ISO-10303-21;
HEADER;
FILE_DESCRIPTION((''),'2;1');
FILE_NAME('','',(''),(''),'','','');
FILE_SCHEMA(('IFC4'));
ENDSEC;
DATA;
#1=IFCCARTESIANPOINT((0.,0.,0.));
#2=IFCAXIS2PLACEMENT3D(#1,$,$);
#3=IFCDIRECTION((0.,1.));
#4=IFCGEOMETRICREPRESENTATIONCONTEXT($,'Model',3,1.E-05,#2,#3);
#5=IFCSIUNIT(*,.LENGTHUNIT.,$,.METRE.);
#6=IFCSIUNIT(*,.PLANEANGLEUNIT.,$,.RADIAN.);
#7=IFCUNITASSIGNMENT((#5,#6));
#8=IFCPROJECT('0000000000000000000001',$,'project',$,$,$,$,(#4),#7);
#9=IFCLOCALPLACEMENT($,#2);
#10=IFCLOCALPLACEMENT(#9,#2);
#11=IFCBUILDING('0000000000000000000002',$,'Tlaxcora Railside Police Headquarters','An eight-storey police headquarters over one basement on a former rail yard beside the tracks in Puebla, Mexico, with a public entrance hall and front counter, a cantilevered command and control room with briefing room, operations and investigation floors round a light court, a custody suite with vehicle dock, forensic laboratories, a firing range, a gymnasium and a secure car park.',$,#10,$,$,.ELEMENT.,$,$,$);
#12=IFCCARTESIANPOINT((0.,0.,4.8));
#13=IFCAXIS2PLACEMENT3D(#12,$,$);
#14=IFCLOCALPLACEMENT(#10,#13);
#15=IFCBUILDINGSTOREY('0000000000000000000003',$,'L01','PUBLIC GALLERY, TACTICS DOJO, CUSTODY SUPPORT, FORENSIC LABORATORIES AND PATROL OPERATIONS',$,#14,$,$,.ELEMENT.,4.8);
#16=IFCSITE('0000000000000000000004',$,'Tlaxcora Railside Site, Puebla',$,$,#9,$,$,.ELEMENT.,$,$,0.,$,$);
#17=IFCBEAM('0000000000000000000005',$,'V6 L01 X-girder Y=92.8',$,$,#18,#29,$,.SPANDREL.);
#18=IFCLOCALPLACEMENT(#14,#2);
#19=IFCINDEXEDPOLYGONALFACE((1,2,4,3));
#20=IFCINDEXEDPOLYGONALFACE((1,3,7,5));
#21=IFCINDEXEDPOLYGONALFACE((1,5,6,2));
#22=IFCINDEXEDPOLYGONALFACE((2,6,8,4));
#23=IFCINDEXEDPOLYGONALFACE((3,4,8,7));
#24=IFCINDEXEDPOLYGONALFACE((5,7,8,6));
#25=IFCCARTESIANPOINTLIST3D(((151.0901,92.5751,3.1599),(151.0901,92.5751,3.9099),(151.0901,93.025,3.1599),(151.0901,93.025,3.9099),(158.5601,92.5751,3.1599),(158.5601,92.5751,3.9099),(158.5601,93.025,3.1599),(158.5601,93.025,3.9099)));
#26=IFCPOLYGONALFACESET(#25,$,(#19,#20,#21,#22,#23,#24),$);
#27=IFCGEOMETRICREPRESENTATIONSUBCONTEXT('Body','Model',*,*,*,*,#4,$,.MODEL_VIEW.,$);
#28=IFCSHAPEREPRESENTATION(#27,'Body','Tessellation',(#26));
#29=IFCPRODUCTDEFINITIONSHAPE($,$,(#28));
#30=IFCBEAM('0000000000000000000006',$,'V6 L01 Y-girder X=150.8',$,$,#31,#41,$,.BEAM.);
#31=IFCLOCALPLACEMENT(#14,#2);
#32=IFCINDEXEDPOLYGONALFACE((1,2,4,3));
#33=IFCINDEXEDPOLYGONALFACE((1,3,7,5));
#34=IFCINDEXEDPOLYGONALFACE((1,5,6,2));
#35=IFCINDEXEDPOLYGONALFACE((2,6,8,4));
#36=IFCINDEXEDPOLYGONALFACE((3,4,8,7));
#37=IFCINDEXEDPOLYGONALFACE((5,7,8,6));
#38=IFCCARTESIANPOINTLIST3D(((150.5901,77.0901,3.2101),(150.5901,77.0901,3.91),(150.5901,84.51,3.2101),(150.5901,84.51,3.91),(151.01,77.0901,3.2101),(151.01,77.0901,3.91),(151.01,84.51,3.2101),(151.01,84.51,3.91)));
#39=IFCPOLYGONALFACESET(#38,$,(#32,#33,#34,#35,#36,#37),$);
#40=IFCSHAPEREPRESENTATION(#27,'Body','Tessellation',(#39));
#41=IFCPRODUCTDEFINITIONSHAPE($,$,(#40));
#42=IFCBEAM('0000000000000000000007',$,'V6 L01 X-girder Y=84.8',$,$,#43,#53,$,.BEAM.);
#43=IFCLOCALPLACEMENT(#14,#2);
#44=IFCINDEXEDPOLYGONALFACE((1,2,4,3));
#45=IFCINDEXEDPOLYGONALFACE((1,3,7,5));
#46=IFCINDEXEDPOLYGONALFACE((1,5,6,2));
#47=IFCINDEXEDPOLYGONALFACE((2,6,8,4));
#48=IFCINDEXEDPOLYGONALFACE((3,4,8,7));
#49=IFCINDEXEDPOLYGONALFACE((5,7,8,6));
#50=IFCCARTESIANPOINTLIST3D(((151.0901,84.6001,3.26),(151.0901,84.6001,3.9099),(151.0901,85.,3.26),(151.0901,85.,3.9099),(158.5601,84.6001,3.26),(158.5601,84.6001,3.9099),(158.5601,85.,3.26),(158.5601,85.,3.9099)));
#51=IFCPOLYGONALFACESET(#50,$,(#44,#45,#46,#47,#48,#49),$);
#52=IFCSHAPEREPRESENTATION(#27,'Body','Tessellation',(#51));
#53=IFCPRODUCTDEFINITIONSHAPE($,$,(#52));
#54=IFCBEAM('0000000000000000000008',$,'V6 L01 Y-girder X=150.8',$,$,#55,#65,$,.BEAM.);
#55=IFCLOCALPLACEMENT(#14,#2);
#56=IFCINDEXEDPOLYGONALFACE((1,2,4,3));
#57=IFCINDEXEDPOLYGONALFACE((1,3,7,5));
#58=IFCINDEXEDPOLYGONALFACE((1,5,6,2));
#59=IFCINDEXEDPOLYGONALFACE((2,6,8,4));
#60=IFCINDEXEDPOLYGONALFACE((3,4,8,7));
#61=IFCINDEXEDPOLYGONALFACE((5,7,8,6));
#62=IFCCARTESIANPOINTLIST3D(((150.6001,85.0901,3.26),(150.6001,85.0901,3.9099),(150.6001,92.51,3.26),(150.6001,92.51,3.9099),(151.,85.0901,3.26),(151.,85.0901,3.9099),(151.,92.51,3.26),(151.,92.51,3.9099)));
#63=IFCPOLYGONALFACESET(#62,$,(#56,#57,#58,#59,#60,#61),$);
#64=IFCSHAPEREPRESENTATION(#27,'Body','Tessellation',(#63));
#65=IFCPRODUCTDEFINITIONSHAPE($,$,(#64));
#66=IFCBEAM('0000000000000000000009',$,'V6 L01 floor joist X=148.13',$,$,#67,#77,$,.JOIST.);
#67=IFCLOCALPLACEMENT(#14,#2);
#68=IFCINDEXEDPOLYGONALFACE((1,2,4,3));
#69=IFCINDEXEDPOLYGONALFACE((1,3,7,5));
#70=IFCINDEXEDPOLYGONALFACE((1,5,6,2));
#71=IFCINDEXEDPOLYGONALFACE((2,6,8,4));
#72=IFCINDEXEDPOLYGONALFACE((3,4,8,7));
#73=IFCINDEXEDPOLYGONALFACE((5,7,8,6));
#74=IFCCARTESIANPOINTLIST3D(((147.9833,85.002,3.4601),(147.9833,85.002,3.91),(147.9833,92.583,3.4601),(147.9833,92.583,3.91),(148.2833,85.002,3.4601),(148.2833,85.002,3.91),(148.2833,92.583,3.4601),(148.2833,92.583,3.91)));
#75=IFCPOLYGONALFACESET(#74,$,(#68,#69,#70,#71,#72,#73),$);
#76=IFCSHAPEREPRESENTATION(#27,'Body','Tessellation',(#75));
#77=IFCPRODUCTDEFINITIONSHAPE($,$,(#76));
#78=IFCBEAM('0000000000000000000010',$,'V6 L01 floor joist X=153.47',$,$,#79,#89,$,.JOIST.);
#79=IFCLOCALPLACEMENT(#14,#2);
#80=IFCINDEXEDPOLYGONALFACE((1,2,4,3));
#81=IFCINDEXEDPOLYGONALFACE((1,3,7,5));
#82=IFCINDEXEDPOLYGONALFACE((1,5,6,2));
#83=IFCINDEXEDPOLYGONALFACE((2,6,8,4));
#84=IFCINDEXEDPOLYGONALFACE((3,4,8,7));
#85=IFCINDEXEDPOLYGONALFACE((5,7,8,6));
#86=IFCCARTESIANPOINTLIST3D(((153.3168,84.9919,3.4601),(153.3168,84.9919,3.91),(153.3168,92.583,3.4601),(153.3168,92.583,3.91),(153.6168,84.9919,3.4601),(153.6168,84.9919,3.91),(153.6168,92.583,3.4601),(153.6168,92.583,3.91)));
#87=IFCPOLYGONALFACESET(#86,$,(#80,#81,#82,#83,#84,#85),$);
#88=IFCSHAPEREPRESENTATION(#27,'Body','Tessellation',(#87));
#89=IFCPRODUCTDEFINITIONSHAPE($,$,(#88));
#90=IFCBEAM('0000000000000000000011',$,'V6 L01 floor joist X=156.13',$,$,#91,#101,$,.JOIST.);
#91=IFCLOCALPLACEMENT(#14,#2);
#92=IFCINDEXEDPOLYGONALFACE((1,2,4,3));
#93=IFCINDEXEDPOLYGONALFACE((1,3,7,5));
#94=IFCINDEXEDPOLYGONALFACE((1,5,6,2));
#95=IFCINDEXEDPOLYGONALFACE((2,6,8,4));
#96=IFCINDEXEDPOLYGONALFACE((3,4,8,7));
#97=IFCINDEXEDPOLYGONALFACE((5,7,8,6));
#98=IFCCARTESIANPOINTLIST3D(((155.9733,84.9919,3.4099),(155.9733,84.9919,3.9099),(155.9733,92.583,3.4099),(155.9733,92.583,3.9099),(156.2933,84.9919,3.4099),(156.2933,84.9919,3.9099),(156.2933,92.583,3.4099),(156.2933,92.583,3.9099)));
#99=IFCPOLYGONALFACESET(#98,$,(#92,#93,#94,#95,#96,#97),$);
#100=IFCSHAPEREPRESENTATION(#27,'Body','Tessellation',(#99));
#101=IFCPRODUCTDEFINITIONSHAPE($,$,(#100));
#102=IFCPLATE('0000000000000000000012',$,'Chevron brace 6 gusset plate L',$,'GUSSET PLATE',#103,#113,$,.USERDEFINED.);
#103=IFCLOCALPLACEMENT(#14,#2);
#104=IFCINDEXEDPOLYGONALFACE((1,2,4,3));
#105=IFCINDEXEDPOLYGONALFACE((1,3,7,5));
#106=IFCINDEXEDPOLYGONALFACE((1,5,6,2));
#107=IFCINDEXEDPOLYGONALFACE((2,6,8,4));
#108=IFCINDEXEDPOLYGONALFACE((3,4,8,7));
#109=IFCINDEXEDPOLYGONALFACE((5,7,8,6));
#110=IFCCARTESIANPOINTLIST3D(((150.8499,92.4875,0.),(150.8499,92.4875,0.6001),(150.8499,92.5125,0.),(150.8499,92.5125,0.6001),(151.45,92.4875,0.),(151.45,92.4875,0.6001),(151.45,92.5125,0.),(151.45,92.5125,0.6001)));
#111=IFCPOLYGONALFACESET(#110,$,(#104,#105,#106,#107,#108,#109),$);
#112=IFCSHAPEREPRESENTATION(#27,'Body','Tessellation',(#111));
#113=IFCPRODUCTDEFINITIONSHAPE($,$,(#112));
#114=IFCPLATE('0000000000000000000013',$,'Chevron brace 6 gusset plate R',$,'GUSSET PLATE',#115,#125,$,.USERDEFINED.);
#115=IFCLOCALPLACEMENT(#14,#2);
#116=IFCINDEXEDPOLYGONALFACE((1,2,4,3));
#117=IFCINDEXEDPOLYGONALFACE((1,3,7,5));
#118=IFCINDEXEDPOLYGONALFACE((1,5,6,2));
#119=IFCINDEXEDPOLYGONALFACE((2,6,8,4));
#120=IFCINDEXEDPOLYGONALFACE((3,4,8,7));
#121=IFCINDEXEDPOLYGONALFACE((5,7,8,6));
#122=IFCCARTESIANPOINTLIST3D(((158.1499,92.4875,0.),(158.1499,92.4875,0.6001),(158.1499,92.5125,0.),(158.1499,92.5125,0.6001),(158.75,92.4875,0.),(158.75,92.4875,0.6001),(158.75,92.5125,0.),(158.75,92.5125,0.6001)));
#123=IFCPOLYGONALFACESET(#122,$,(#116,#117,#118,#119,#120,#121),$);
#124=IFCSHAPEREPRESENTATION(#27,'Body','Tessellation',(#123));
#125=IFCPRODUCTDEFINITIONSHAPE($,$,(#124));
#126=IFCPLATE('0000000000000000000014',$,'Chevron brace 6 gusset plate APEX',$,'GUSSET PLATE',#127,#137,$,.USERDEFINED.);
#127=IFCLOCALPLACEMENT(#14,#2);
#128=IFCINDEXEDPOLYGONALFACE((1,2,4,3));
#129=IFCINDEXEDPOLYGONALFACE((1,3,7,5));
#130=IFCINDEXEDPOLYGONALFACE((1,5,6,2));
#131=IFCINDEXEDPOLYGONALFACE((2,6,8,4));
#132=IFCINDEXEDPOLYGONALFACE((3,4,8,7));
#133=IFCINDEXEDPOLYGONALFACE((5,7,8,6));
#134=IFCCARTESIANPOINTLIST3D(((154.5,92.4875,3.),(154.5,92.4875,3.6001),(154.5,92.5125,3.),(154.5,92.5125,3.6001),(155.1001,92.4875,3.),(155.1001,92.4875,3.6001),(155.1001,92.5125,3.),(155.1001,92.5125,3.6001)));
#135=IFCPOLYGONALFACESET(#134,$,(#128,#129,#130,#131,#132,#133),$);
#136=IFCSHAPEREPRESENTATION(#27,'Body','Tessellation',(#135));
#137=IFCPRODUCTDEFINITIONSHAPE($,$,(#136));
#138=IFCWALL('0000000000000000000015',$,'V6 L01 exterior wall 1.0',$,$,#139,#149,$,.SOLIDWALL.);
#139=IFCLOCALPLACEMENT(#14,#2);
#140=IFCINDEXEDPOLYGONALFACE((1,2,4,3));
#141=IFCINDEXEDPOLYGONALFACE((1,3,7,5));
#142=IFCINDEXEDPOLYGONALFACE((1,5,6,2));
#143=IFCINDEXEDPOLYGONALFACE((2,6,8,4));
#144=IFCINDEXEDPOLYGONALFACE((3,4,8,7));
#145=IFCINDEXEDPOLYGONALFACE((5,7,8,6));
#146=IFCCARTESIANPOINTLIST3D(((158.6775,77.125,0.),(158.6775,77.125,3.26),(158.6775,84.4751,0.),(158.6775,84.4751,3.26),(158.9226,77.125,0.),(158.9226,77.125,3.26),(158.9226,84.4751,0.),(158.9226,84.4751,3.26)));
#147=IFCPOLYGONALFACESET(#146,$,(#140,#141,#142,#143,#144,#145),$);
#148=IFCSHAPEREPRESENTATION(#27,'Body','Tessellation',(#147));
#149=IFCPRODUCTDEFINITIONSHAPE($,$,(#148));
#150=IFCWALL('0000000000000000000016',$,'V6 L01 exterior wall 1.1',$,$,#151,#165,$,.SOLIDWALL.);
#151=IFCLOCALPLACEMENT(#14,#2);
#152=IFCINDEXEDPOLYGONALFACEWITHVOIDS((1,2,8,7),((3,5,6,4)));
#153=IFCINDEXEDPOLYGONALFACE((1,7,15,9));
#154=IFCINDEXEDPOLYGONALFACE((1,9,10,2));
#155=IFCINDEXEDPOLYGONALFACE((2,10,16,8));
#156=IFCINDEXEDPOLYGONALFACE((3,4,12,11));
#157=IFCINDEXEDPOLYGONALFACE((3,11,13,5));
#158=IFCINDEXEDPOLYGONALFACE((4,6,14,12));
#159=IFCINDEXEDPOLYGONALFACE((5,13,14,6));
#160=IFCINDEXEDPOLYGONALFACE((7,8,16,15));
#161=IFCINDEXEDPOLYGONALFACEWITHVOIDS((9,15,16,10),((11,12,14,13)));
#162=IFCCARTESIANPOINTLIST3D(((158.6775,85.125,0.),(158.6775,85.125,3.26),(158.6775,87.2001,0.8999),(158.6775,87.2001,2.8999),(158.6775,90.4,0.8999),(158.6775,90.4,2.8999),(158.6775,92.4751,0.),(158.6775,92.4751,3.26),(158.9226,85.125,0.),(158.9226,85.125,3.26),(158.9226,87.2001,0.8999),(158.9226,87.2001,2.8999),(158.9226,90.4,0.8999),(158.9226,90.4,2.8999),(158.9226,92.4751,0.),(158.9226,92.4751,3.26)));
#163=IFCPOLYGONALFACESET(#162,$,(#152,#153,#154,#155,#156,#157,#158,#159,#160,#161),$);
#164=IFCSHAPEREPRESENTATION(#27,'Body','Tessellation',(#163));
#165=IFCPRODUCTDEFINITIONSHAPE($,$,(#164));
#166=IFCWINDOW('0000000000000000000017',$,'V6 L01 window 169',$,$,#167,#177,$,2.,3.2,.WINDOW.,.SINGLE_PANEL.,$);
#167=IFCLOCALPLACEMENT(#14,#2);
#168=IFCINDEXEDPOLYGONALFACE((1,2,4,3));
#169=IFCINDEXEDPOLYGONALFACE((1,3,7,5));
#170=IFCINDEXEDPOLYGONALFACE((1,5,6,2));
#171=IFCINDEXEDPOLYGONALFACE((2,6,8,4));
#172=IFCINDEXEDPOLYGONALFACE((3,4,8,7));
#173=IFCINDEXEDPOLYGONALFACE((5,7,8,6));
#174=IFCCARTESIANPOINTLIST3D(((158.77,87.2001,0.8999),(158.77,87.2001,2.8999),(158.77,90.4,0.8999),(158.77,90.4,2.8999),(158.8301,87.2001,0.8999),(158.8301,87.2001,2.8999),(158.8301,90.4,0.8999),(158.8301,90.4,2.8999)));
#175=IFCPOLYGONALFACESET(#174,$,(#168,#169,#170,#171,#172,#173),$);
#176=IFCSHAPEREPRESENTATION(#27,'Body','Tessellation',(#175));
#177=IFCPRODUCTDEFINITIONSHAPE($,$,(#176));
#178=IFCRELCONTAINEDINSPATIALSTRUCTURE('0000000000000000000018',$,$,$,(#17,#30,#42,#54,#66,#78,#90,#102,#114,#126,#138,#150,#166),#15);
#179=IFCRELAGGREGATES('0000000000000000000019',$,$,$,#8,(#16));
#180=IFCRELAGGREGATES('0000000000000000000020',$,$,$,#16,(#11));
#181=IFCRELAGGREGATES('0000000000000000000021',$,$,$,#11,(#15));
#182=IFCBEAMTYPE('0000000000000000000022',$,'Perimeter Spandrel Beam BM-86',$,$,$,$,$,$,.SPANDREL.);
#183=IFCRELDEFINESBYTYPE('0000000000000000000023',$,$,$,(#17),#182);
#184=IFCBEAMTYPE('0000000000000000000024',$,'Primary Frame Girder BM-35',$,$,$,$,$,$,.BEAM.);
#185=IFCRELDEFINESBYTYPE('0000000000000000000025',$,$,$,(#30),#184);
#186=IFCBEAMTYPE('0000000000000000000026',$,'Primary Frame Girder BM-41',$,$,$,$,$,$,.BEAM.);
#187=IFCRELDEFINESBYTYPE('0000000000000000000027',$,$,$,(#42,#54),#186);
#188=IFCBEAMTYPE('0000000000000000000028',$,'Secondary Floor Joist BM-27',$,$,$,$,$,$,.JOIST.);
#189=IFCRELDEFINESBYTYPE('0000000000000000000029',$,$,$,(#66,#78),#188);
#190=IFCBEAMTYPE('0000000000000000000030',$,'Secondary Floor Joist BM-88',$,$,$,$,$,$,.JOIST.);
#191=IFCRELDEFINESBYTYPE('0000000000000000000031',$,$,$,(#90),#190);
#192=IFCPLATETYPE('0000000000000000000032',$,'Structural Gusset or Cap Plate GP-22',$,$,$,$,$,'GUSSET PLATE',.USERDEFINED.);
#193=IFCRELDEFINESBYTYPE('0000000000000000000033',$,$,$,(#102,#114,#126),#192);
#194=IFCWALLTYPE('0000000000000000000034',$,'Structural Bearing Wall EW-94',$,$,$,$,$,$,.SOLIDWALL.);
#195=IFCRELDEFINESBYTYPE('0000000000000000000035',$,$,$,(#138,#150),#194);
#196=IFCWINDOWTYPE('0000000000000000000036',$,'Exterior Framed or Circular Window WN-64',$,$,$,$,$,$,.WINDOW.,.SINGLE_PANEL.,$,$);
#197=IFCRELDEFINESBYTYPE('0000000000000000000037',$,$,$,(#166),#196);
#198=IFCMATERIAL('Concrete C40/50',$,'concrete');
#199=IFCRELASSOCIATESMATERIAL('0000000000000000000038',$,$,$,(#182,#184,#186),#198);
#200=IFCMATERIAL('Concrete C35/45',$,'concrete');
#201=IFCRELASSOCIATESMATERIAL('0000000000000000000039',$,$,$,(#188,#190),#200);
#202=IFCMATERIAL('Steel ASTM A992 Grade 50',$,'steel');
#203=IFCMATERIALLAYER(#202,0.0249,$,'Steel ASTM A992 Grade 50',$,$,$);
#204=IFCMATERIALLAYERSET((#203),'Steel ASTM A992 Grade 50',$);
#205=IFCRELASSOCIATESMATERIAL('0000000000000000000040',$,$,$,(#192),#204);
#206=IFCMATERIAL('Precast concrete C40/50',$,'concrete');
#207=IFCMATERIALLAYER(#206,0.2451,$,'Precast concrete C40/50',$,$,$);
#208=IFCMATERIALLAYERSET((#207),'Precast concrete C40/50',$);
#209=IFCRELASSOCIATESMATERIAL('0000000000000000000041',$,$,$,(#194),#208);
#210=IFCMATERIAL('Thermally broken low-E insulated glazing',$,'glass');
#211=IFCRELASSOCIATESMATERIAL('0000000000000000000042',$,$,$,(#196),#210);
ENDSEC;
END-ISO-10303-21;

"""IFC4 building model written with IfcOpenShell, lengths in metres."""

from ifc_helpers import new_model, si_unit, direction, frame, frame_2d, origin, origin_2d, place, context, subcontext, project, spatial, rectangle, extrude, material, layer, layer_set, material_profile, profile_set, type_object, element, fill, save


model = new_model("IFC4")

# Units and contexts
model_context = context("Model", 3, precision=1e-05, world=origin(), true_north=direction((0.0, 1.0)))
body_context = subcontext(model_context, "Body", "Model", "MODEL_VIEW")
ifc_project = project(units=[si_unit("LENGTHUNIT", "METRE"), si_unit("PLANEANGLEUNIT", "RADIAN")], contexts=[model_context])

# Site, building, storey
site_placement = place(None, origin())
site = spatial("IfcSite", under=ifc_project, at=site_placement, Name="Tlaxcora Railside Site, Puebla", CompositionType="ELEMENT", RefElevation=0.0)
building_placement = place(site_placement, origin())
building = spatial("IfcBuilding", under=site, at=building_placement, Name="Tlaxcora Railside Police Headquarters", Description="An eight-storey police headquarters over one basement on a former rail yard beside the tracks in Puebla, Mexico, with a public entrance hall and front counter, a cantilevered command and control room with briefing room, operations and investigation floors round a light court, a custody suite with vehicle dock, forensic laboratories, a firing range, a gymnasium and a secure car park.", CompositionType="ELEMENT")
storey_placement = place(building_placement, frame((0.0, 0.0, 4.8)))
storey = spatial("IfcBuildingStorey", under=building, at=storey_placement, Name="L01", Description="PUBLIC GALLERY, TACTICS DOJO, CUSTODY SUPPORT, FORENSIC LABORATORIES AND PATROL OPERATIONS", CompositionType="ELEMENT", Elevation=4.8)

# Shared definitions
ifc_material_1 = material(Name="Concrete C40/50", Category="concrete")

# Shared definitions
ifc_material_2 = material(Name="Steel ASTM A992 Grade 50", Category="steel")

# Beams
ifc_material_profile_1 = material_profile(ifc_material_1, rectangle(XDim=0.45, YDim=0.75, at=origin_2d()), Name="RC450X750")
ifc_profile_set_1 = profile_set([ifc_material_profile_1], Name="Concrete C40/50")
beam_type_1 = type_object("IfcBeamType", Name="Perimeter Spandrel Beam BM-86", PredefinedType="SPANDREL", material=ifc_profile_set_1)
beam_1_placement = place(storey_placement, frame((151.0901, 92.8, 3.5349), z_axis=(1.0, 0.0, 0.0), x_axis=(0.0, 1.0, 0.0)))
element("IfcBeam", 1, at=beam_1_placement, inside=storey, type_object=beam_type_1, Name="V6 L01 X-girder Y=92.8", PredefinedType="SPANDREL", context=body_context, shape_type="SweptSolid", body=[
    extrude(rectangle(XDim=0.45, YDim=0.75, at=origin_2d()), origin(), (0.0, 0.0, 1.0), 7.47),
])
ifc_material_profile_2 = material_profile(ifc_material_1, rectangle(XDim=0.4199, YDim=0.7, at=origin_2d()), Name="RC420X700")
ifc_profile_set_2 = profile_set([ifc_material_profile_2], Name="Concrete C40/50")
beam_type_2 = type_object("IfcBeamType", Name="Primary Frame Girder BM-35", PredefinedType="BEAM", material=ifc_profile_set_2)
beam_2_placement = place(storey_placement, frame((150.8, 77.0901, 3.5601), z_axis=(0.0, 1.0, 0.0), x_axis=(-1.0, 0.0, 0.0)))
element("IfcBeam", 2, at=beam_2_placement, inside=storey, type_object=beam_type_2, Name="V6 L01 Y-girder X=150.8", PredefinedType="BEAM", context=body_context, shape_type="SweptSolid", body=[
    extrude(rectangle(XDim=0.4199, YDim=0.7, at=origin_2d()), origin(), (0.0, 0.0, 1.0), 7.4199),
])
ifc_material_profile_3 = material_profile(ifc_material_1, rectangle(XDim=0.3999, YDim=0.6499, at=origin_2d()), Name="RC400X650")
ifc_profile_set_3 = profile_set([ifc_material_profile_3], Name="Concrete C40/50")
beam_type_3 = type_object("IfcBeamType", Name="Primary Frame Girder BM-41", PredefinedType="BEAM", material=ifc_profile_set_3)
beam_3_placement = place(storey_placement, frame((151.0901, 84.8, 3.585), z_axis=(1.0, 0.0, 0.0), x_axis=(0.0, 1.0, 0.0)))
element("IfcBeam", 3, at=beam_3_placement, inside=storey, type_object=beam_type_3, Name="V6 L01 X-girder Y=84.8", PredefinedType="BEAM", context=body_context, shape_type="SweptSolid", body=[
    extrude(rectangle(XDim=0.3999, YDim=0.6499, at=origin_2d()), origin(), (0.0, 0.0, 1.0), 7.47),
])
beam_4_placement = place(storey_placement, frame((150.8, 85.0901, 3.585), z_axis=(0.0, 1.0, 0.0), x_axis=(-1.0, 0.0, 0.0)))
element("IfcBeam", 4, at=beam_4_placement, inside=storey, type_object=beam_type_3, Name="V6 L01 Y-girder X=150.8", PredefinedType="BEAM", context=body_context, shape_type="SweptSolid", body=[
    extrude(rectangle(XDim=0.3999, YDim=0.6499, at=origin_2d()), origin(), (0.0, 0.0, 1.0), 7.4199),
])
ifc_material_3 = material(Name="Concrete C35/45", Category="concrete")
ifc_material_profile_4 = material_profile(ifc_material_3, rectangle(XDim=0.3, YDim=0.45, at=origin_2d()), Name="RC300X450")
ifc_profile_set_4 = profile_set([ifc_material_profile_4], Name="Concrete C35/45")
beam_type_4 = type_object("IfcBeamType", Name="Secondary Floor Joist BM-27", PredefinedType="JOIST", material=ifc_profile_set_4)
beam_5_placement = place(storey_placement, frame((148.1333, 85.002, 3.6851), z_axis=(0.0, 1.0, 0.0), x_axis=(-1.0, 0.0, 0.0)))
element("IfcBeam", 5, at=beam_5_placement, inside=storey, type_object=beam_type_4, Name="V6 L01 floor joist X=148.13", PredefinedType="JOIST", context=body_context, shape_type="SweptSolid", body=[
    extrude(rectangle(XDim=0.3, YDim=0.45, at=origin_2d()), origin(), (0.0, 0.0, 1.0), 7.5811),
])
beam_6_placement = place(storey_placement, frame((153.4668, 84.9919, 3.6851), z_axis=(0.0, 1.0, 0.0), x_axis=(-1.0, 0.0, 0.0)))
element("IfcBeam", 6, at=beam_6_placement, inside=storey, type_object=beam_type_4, Name="V6 L01 floor joist X=153.47", PredefinedType="JOIST", context=body_context, shape_type="SweptSolid", body=[
    extrude(rectangle(XDim=0.3, YDim=0.45, at=origin_2d()), origin(), (0.0, 0.0, 1.0), 7.5911),
])
ifc_material_profile_5 = material_profile(ifc_material_3, rectangle(XDim=0.3201, YDim=0.5, at=origin_2d()), Name="RC320X500")
ifc_profile_set_5 = profile_set([ifc_material_profile_5], Name="Concrete C35/45")
beam_type_5 = type_object("IfcBeamType", Name="Secondary Floor Joist BM-88", PredefinedType="JOIST", material=ifc_profile_set_5)
beam_7_placement = place(storey_placement, frame((156.1333, 84.9919, 3.6599), z_axis=(0.0, 1.0, 0.0), x_axis=(-1.0, 0.0, 0.0)))
element("IfcBeam", 7, at=beam_7_placement, inside=storey, type_object=beam_type_5, Name="V6 L01 floor joist X=156.13", PredefinedType="JOIST", context=body_context, shape_type="SweptSolid", body=[
    extrude(rectangle(XDim=0.3201, YDim=0.5, at=origin_2d()), origin(), (0.0, 0.0, 1.0), 7.5911),
])

# Plates
ifc_layer_1 = layer(ifc_material_2, 0.0249, Name="Steel ASTM A992 Grade 50")
ifc_layer_set_1 = layer_set([ifc_layer_1], Name="Steel ASTM A992 Grade 50")
plate_type = type_object("IfcPlateType", Name="Structural Gusset or Cap Plate GP-22", ElementType="GUSSET PLATE", PredefinedType="USERDEFINED", material=ifc_layer_set_1)
for number, where, z_axis, x_axis, name in (
    (8, (151.1499, 92.5, 0.0), (0.0, 0.0, 1.0), (1.0, 0.0, 0.0), "Chevron brace 6 gusset plate L"),
    (9, (158.45, 92.5, 0.0), (0.0, 0.0, 1.0), (1.0, 0.0, 0.0), "Chevron brace 6 gusset plate R"),
    (10, (154.8, 92.5, 3.0), (0.0, 0.0, 1.0), (1.0, 0.0, 0.0), "Chevron brace 6 gusset plate APEX"),
):
    element("IfcPlate", number, at=place(storey_placement, frame(where, z_axis=z_axis, x_axis=x_axis)), inside=storey, type_object=plate_type, Name=name, ObjectType="GUSSET PLATE", PredefinedType="USERDEFINED", context=body_context, shape_type="SweptSolid", body=[
        extrude(rectangle(XDim=0.6001, YDim=0.0249, at=origin_2d()), origin(), (0.0, 0.0, 1.0), 0.6001),
    ])

# Wall
ifc_material_4 = material(Name="Precast concrete C40/50", Category="concrete")
ifc_layer_2 = layer(ifc_material_4, 0.2451, Name="Precast concrete C40/50")
ifc_layer_set_2 = layer_set([ifc_layer_2], Name="Precast concrete C40/50")
wall_type = type_object("IfcWallType", Name="Structural Bearing Wall EW-94", PredefinedType="SOLIDWALL", material=ifc_layer_set_2)
wall_1_placement = place(storey_placement, frame((158.8, 77.125, 0.0), z_axis=(0.0, 0.0, 1.0), x_axis=(0.0, 1.0, 0.0)))
element("IfcWall", 11, at=wall_1_placement, inside=storey, type_object=wall_type, Name="V6 L01 exterior wall 1.0", PredefinedType="SOLIDWALL", context=body_context, shape_type="SweptSolid", body=[
    extrude(rectangle(XDim=7.3501, YDim=0.2451, at=frame_2d((3.675, 0.0))), origin(), (0.0, 0.0, 1.0), 3.26),
])

# Wall, opening, window
wall_2_placement = place(storey_placement, frame((158.8, 85.125, 0.0), z_axis=(0.0, 0.0, 1.0), x_axis=(0.0, 1.0, 0.0)))
wall_2 = element("IfcWall", 12, at=wall_2_placement, inside=storey, type_object=wall_type, Name="V6 L01 exterior wall 1.1", PredefinedType="SOLIDWALL", context=body_context, shape_type="SweptSolid", body=[
    extrude(rectangle(XDim=7.3501, YDim=0.2451, at=frame_2d((3.675, 0.0))), origin(), (0.0, 0.0, 1.0), 3.26),
])
opening_1_placement = place(wall_2_placement, frame((2.075, 0.0, 0.8999)))
opening_1 = element("IfcOpeningElement", 13, at=opening_1_placement, cuts=wall_2, PredefinedType="OPENING", context=body_context, shape_type="SweptSolid", body=[
    extrude(rectangle(XDim=3.2, YDim=2.0, at=frame_2d((1.6001, 1.0))), frame((0.0, 0.1326, 0.0), z_axis=(0.0, -1.0, 0.0), x_axis=(1.0, 0.0, 0.0)), (0.0, 0.0, 1.0), 0.2651),
])
ifc_material_5 = material(Name="Thermally broken low-E insulated glazing", Category="glass")
window_type_1 = type_object("IfcWindowType", Name="Exterior Framed or Circular Window WN-64", PartitioningType="SINGLE_PANEL", PredefinedType="WINDOW", material=ifc_material_5)
window_1_placement = place(opening_1_placement, origin())
window_1 = element("IfcWindow", 14, at=window_1_placement, inside=storey, type_object=window_type_1, Name="V6 L01 window 169", OverallHeight=2.0, OverallWidth=3.2, PartitioningType="SINGLE_PANEL", PredefinedType="WINDOW", context=body_context, shape_type="SweptSolid", body=[
    extrude(rectangle(XDim=3.2, YDim=2.0, at=frame_2d((1.6001, 1.0))), frame((0.0, 0.03, 0.0), z_axis=(0.0, -1.0, 0.0), x_axis=(1.0, 0.0, 0.0)), (0.0, 0.0, 1.0), 0.0601),
])
fill(opening_1, window_1)

save(model, "model.ifc")
